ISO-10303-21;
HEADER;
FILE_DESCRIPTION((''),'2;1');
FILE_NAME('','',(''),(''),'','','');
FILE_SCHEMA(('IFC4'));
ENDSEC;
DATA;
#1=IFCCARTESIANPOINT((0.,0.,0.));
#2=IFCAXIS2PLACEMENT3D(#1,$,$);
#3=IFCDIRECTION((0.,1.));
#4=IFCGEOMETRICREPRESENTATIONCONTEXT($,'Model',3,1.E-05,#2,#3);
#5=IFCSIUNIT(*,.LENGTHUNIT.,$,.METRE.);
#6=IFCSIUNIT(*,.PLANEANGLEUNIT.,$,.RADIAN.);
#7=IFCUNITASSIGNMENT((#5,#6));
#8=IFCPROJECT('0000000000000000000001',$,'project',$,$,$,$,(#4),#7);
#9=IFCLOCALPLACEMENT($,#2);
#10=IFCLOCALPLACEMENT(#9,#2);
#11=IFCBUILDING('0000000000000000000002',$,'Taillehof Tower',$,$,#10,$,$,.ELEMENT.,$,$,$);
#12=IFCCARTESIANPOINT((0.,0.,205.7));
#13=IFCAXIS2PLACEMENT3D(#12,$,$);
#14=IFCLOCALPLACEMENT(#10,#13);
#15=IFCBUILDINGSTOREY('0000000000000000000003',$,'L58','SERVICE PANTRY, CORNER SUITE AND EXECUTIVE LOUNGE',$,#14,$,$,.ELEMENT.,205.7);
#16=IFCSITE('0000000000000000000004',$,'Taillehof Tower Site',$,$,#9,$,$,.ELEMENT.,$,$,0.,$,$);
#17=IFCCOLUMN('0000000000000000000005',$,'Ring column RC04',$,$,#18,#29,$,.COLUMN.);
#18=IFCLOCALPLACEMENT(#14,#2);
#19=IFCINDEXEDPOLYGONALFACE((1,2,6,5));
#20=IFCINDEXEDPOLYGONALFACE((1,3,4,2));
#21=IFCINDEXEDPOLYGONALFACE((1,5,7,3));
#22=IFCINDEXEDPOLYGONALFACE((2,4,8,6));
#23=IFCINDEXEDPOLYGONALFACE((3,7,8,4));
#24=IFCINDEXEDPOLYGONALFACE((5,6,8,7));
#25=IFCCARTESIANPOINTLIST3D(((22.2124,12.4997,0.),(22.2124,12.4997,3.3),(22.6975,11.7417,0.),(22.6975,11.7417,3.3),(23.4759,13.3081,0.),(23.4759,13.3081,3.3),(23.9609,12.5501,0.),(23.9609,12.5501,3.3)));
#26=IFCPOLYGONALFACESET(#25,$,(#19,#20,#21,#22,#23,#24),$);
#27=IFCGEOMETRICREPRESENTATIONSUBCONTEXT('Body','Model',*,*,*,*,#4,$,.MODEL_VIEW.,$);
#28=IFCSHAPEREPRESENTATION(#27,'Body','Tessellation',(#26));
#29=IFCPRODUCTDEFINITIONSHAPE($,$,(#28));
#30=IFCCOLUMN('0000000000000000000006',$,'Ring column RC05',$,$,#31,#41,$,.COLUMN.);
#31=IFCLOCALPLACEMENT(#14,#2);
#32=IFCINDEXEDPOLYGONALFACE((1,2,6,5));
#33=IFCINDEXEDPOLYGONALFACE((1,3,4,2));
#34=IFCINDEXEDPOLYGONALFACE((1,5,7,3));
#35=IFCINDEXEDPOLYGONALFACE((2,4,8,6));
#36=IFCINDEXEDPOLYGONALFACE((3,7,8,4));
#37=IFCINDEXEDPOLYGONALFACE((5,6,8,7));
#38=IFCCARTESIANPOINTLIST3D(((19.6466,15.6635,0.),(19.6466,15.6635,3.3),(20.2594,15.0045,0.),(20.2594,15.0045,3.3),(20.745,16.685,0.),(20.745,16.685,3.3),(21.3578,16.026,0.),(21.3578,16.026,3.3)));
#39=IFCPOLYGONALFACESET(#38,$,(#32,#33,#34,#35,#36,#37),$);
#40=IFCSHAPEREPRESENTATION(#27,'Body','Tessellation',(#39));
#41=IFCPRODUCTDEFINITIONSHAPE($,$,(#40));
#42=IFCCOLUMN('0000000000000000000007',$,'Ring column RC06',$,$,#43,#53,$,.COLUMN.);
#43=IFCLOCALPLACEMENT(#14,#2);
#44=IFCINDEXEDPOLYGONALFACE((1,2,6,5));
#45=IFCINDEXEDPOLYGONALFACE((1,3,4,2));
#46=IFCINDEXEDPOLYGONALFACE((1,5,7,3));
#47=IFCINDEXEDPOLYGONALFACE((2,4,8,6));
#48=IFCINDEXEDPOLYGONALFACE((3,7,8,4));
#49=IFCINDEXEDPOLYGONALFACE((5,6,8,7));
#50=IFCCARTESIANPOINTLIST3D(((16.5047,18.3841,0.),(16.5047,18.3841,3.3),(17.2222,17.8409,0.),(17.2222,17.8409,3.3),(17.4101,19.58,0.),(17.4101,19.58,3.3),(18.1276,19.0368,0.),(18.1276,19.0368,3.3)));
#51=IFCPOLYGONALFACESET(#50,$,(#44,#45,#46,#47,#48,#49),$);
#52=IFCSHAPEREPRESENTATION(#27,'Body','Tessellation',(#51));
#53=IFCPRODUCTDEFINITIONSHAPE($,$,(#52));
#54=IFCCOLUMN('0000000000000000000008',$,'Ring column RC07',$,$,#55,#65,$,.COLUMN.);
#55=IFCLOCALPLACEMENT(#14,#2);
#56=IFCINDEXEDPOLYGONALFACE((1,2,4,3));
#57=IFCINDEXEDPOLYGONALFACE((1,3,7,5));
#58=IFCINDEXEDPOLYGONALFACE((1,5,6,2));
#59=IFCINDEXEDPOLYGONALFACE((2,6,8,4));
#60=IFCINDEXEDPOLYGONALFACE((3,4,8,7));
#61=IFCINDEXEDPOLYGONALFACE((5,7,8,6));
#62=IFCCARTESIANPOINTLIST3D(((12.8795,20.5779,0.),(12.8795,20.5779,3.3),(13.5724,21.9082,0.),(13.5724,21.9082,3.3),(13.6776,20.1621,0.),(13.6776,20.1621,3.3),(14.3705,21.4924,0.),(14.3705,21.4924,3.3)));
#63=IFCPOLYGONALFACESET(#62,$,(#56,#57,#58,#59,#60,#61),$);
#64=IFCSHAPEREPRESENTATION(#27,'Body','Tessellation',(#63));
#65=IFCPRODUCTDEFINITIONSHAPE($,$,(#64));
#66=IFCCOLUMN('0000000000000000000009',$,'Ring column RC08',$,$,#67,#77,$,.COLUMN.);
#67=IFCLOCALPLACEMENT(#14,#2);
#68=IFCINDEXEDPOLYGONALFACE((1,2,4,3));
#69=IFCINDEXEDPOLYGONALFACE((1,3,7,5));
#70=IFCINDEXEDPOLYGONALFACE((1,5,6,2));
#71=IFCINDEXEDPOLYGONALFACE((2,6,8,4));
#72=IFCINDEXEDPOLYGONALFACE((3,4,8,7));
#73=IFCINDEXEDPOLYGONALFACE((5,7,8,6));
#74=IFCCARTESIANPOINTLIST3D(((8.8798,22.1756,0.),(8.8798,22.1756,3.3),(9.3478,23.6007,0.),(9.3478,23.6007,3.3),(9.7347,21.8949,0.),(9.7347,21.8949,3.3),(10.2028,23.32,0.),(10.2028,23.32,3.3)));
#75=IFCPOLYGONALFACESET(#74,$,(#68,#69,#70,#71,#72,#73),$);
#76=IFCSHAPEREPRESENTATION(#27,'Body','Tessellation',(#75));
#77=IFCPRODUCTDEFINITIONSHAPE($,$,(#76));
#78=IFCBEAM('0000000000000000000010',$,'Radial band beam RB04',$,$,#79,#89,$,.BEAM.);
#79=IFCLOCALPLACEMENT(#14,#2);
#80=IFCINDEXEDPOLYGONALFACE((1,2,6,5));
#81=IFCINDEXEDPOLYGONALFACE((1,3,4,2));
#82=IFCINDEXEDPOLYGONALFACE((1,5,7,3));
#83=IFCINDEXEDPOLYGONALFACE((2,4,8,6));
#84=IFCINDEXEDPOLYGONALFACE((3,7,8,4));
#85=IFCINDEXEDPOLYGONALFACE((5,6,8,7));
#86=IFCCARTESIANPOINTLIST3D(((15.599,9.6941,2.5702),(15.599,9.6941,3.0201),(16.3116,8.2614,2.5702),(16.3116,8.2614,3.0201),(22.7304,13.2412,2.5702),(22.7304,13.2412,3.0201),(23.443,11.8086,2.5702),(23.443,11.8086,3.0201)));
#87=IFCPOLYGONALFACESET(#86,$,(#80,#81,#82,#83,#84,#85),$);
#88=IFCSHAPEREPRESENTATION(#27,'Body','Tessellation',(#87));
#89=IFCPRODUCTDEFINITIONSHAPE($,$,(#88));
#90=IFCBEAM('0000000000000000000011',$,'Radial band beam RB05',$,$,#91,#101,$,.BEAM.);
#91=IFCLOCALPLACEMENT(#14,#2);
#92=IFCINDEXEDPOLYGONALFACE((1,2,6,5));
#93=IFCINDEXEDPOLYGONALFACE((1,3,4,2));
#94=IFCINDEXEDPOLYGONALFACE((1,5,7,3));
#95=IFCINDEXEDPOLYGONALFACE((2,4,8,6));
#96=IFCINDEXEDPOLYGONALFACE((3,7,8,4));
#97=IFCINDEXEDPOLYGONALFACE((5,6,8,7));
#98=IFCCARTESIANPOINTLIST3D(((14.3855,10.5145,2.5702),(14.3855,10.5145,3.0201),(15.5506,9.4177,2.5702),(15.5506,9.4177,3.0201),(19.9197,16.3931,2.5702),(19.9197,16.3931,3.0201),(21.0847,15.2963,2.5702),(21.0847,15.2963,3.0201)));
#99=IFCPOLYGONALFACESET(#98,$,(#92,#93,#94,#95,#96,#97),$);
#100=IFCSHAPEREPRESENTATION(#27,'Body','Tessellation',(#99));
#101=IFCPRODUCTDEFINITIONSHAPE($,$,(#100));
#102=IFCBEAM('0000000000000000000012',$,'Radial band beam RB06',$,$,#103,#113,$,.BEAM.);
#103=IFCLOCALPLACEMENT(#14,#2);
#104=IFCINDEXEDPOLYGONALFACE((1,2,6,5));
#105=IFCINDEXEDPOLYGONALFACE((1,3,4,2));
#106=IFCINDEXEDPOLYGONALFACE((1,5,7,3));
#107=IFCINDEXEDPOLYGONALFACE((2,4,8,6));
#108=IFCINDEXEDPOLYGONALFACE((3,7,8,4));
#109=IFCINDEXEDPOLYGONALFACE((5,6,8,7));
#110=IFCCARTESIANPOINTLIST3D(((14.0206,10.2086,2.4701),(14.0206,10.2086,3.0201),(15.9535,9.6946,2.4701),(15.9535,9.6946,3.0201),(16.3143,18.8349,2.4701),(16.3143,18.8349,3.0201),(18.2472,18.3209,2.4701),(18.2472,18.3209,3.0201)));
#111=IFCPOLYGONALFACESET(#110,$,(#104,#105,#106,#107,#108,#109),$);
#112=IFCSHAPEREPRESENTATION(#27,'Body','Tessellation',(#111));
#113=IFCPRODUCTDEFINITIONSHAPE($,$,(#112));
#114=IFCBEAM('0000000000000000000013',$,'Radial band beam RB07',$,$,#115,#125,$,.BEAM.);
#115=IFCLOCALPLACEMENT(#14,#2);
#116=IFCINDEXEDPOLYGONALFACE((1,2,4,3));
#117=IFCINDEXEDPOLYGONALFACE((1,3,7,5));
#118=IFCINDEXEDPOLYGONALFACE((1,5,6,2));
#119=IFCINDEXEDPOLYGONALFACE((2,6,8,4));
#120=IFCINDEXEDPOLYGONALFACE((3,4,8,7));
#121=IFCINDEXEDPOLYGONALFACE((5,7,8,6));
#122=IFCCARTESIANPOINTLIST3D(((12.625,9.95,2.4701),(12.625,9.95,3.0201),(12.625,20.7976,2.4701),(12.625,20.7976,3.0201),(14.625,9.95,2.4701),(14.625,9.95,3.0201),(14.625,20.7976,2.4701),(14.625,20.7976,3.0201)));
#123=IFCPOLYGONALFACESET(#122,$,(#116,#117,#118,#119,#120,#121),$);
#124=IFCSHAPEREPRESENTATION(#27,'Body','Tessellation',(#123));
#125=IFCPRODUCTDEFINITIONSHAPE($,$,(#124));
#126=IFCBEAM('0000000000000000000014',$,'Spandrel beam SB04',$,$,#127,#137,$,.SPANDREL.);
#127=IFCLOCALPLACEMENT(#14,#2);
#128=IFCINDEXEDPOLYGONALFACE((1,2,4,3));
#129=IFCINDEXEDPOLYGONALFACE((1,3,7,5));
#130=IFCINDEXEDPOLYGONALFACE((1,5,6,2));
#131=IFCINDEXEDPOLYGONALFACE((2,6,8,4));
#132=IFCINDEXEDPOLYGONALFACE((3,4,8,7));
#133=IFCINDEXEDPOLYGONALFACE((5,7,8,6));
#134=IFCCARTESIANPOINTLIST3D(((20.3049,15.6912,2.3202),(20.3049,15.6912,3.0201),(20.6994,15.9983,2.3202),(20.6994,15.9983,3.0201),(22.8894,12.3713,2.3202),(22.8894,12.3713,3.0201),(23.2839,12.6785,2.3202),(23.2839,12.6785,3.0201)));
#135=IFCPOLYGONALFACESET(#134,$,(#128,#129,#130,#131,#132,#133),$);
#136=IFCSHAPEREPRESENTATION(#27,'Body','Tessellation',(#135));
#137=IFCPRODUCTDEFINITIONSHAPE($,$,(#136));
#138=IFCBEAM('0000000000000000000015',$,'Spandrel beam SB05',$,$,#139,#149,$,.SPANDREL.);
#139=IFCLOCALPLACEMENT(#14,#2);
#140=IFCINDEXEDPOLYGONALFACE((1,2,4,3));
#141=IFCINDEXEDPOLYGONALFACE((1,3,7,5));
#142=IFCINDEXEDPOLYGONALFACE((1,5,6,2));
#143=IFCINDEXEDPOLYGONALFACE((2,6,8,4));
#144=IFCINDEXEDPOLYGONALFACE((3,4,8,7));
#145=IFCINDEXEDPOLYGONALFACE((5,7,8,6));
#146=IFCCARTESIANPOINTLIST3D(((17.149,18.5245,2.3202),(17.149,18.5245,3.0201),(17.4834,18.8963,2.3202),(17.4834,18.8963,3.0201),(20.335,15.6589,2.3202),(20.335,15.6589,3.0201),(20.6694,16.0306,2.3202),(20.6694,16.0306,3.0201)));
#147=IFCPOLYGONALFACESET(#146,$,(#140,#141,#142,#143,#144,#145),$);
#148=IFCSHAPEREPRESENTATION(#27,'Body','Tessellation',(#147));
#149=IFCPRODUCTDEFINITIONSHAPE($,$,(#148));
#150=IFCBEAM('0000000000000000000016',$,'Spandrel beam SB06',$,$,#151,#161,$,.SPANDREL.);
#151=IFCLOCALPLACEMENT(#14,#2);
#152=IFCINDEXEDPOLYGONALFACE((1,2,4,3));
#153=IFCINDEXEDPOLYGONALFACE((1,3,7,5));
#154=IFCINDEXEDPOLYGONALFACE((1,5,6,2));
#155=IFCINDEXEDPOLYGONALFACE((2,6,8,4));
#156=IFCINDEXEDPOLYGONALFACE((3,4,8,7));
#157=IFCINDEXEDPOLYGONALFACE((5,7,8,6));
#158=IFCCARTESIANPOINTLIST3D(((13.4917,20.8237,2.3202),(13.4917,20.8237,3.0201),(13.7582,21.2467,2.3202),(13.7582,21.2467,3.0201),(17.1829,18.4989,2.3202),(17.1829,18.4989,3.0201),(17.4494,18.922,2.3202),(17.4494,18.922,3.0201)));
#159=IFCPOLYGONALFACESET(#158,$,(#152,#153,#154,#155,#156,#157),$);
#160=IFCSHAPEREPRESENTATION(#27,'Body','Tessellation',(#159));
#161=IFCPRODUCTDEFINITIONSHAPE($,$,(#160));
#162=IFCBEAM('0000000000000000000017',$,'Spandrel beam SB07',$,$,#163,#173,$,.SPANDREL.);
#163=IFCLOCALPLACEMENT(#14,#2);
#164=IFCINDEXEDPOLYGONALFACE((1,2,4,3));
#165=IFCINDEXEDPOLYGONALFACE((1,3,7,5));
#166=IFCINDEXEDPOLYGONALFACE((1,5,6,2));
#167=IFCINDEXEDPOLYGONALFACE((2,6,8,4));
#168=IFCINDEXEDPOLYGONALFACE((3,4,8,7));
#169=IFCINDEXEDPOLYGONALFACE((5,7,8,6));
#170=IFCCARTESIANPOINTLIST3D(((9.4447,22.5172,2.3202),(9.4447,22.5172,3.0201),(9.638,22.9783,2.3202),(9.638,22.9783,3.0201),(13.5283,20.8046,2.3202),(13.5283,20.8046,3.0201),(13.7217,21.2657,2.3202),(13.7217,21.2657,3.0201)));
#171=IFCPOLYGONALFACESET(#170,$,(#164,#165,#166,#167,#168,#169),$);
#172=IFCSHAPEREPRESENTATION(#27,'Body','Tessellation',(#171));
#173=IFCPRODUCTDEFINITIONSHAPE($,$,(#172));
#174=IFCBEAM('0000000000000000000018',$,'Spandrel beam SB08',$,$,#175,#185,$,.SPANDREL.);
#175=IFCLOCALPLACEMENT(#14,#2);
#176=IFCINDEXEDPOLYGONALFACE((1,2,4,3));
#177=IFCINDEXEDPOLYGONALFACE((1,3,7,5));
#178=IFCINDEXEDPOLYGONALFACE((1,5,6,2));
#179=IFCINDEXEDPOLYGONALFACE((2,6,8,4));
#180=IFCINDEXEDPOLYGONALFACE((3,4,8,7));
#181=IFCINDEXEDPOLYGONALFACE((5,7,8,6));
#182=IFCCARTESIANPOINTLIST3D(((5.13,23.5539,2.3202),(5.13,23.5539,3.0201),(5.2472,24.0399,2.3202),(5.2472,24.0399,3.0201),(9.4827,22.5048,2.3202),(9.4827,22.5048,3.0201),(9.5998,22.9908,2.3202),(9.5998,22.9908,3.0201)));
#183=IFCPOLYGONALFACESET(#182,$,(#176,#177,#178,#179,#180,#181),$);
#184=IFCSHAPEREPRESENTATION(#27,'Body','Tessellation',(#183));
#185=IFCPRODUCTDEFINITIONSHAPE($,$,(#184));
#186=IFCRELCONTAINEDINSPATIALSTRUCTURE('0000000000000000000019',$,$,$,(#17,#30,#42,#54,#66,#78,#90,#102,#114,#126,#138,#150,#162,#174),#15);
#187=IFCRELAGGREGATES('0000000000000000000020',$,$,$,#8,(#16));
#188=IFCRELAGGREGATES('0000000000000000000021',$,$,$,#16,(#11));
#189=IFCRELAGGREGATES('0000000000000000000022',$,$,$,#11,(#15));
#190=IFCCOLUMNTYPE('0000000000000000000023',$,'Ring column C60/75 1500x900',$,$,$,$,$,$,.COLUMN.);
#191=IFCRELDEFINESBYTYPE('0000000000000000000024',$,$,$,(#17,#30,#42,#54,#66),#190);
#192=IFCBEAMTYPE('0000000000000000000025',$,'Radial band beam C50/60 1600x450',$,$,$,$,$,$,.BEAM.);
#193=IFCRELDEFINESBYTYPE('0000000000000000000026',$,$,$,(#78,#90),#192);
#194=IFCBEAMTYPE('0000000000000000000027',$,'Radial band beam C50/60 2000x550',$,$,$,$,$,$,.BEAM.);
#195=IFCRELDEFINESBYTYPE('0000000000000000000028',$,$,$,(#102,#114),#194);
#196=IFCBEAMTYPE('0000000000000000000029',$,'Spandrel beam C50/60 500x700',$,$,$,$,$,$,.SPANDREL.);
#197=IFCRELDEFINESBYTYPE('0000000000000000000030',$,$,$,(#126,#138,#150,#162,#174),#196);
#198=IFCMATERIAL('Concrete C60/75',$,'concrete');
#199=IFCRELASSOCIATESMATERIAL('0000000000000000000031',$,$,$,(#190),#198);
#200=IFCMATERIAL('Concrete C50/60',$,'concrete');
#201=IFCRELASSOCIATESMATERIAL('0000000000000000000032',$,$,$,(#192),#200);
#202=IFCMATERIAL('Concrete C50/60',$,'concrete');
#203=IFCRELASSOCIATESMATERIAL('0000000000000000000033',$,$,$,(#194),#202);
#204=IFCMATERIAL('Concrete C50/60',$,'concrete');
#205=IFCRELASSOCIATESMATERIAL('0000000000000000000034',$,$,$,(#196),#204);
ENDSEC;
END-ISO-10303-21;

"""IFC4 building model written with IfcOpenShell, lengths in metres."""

from ifc_helpers import new_model, si_unit, direction, frame, origin, origin_2d, place, context, subcontext, project, spatial, rectangle, extrude, material, material_profile, profile_set, type_object, element, save


model = new_model("IFC4")

# Units and contexts
model_context = context("Model", 3, precision=1e-05, world=origin(), true_north=direction((0.0, 1.0)))
body_context = subcontext(model_context, "Body", "Model", "MODEL_VIEW")
ifc_project = project(units=[si_unit("LENGTHUNIT", "METRE"), si_unit("PLANEANGLEUNIT", "RADIAN")], contexts=[model_context])

# Site, building, storey
site_placement = place(None, origin())
site = spatial("IfcSite", under=ifc_project, at=site_placement, Name="Taillehof Tower Site", CompositionType="ELEMENT", RefElevation=0.0)
building_placement = place(site_placement, origin())
building = spatial("IfcBuilding", under=site, at=building_placement, Name="Taillehof Tower", CompositionType="ELEMENT")
storey_placement = place(building_placement, frame((0.0, 0.0, 205.7)))
storey = spatial("IfcBuildingStorey", under=building, at=storey_placement, Name="L58", Description="SERVICE PANTRY, CORNER SUITE AND EXECUTIVE LOUNGE", CompositionType="ELEMENT", Elevation=205.7)

# Columns
ifc_material_1 = material(Name="Concrete C60/75", Category="concrete")
ifc_material_profile_1 = material_profile(ifc_material_1, rectangle(XDim=1.5, YDim=0.8999, at=origin_2d()), Name="RC 1500x900")
ifc_profile_set_1 = profile_set([ifc_material_profile_1], Name="Concrete C60/75")
column_type = type_object("IfcColumnType", Name="Ring column C60/75 1500x900", PredefinedType="COLUMN", material=ifc_profile_set_1)
for number, where, z_axis, x_axis, name in (
    (1, (23.0867, 12.5249, 0.0), (0.0, 0.0, 1.0), (0.842311, 0.538992, 0.0), "Ring column RC04"),
    (2, (20.5022, 15.8447, 0.0), (0.0, 0.0, 1.0), (0.732271, 0.681013, 0.0), "Ring column RC05"),
    (3, (17.3162, 18.7104, 0.0), (0.0, 0.0, 1.0), (0.603608, 0.797281, 0.0), "Ring column RC06"),
    (4, (13.625, 21.0352, 0.0), (0.0, 0.0, 1.0), (0.461993, 0.886883, 0.0), "Ring column RC07"),
    (5, (9.5413, 22.7478, 0.0), (0.0, 0.0, 1.0), (0.312001, 0.950082, 0.0), "Ring column RC08"),
):
    element("IfcColumn", number, at=place(storey_placement, frame(where, z_axis=z_axis, x_axis=x_axis)), inside=storey, type_object=column_type, Name=name, PredefinedType="COLUMN", context=body_context, shape_type="SweptSolid", body=[
        extrude(rectangle(XDim=1.5, YDim=0.8999, at=origin_2d()), origin(), (0.0, 0.0, 1.0), 3.3),
    ])

# Beams
ifc_material_2 = material(Name="Concrete C50/60", Category="concrete")
ifc_material_profile_2 = material_profile(ifc_material_2, rectangle(XDim=1.6001, YDim=0.45, at=origin_2d()), Name="RC 1600x450")
ifc_profile_set_2 = profile_set([ifc_material_profile_2], Name="Concrete C50/60")
beam_type_1 = type_object("IfcBeamType", Name="Radial band beam C50/60 1600x450", PredefinedType="BEAM", material=ifc_profile_set_2)
beam_1_placement = place(storey_placement, frame((23.0867, 12.5249, 2.7952), z_axis=(-0.895357, -0.445349, 0.0), x_axis=(0.445349, -0.895357, 0.0)))
element("IfcBeam", 6, at=beam_1_placement, inside=storey, type_object=beam_type_1, Name="Radial band beam RB04", PredefinedType="BEAM", context=body_context, shape_type="SweptSolid", body=[
    extrude(rectangle(XDim=1.6001, YDim=0.45, at=origin_2d()), origin(), (0.0, 0.0, 1.0), 7.9648),
])
beam_2_placement = place(storey_placement, frame((20.5022, 15.8447, 2.7952), z_axis=(-0.685451, -0.728118, 0.0), x_axis=(0.728118, -0.685451, 0.0)))
element("IfcBeam", 7, at=beam_2_placement, inside=storey, type_object=beam_type_1, Name="Radial band beam RB05", PredefinedType="BEAM", context=body_context, shape_type="SweptSolid", body=[
    extrude(rectangle(XDim=1.6001, YDim=0.45, at=origin_2d()), origin(), (0.0, 0.0, 1.0), 8.0737),
])
ifc_material_3 = material(Name="Concrete C50/60", Category="concrete")
ifc_material_profile_3 = material_profile(ifc_material_3, rectangle(XDim=2.0, YDim=0.55, at=origin_2d()), Name="RC 2000x550")
ifc_profile_set_3 = profile_set([ifc_material_profile_3], Name="Concrete C50/60")
beam_type_2 = type_object("IfcBeamType", Name="Radial band beam C50/60 2000x550", PredefinedType="BEAM", material=ifc_profile_set_3)
beam_3_placement = place(storey_placement, frame((17.2808, 18.5779, 2.7451), z_axis=(-0.25697, -0.966419, 0.0), x_axis=(0.966419, -0.25697, 0.0)))
element("IfcBeam", 8, at=beam_3_placement, inside=storey, type_object=beam_type_2, Name="Radial band beam RB06", PredefinedType="BEAM", context=body_context, shape_type="SweptSolid", body=[
    extrude(rectangle(XDim=2.0, YDim=0.55, at=origin_2d()), origin(), (0.0, 0.0, 1.0), 8.926),
])
beam_4_placement = place(storey_placement, frame((13.625, 20.7976, 2.7451), z_axis=(0.0, -1.0, 0.0), x_axis=(1.0, 0.0, 0.0)))
element("IfcBeam", 9, at=beam_4_placement, inside=storey, type_object=beam_type_2, Name="Radial band beam RB07", PredefinedType="BEAM", context=body_context, shape_type="SweptSolid", body=[
    extrude(rectangle(XDim=2.0, YDim=0.55, at=origin_2d()), origin(), (0.0, 0.0, 1.0), 10.8477),
])
ifc_material_4 = material(Name="Concrete C50/60", Category="concrete")
ifc_material_profile_4 = material_profile(ifc_material_4, rectangle(XDim=0.5, YDim=0.7, at=origin_2d()), Name="RC 500x700")
ifc_profile_set_4 = profile_set([ifc_material_profile_4], Name="Concrete C50/60")
beam_type_3 = type_object("IfcBeamType", Name="Spandrel beam C50/60 500x700", PredefinedType="SPANDREL", material=ifc_profile_set_4)
beam_5_placement = place(storey_placement, frame((23.0867, 12.5249, 2.6702), z_axis=(-0.614294, 0.789077, 0.0), x_axis=(-0.789077, -0.614294, 0.0)))
element("IfcBeam", 10, at=beam_5_placement, inside=storey, type_object=beam_type_3, Name="Spandrel beam SB04", PredefinedType="SPANDREL", context=body_context, shape_type="SweptSolid", body=[
    extrude(rectangle(XDim=0.5, YDim=0.7, at=origin_2d()), origin(), (0.0, 0.0, 1.0), 4.2073),
])
beam_6_placement = place(storey_placement, frame((20.5022, 15.8447, 2.6702), z_axis=(-0.743492, 0.668744, 0.0), x_axis=(-0.668744, -0.743492, 0.0)))
element("IfcBeam", 11, at=beam_6_placement, inside=storey, type_object=beam_type_3, Name="Spandrel beam SB05", PredefinedType="SPANDREL", context=body_context, shape_type="SweptSolid", body=[
    extrude(rectangle(XDim=0.5, YDim=0.7, at=origin_2d()), origin(), (0.0, 0.0, 1.0), 4.2852),
])
beam_7_placement = place(storey_placement, frame((17.3162, 18.7104, 2.6702), z_axis=(-0.846166, 0.532919, 0.0), x_axis=(-0.532919, -0.846166, 0.0)))
element("IfcBeam", 12, at=beam_7_placement, inside=storey, type_object=beam_type_3, Name="Spandrel beam SB06", PredefinedType="SPANDREL", context=body_context, shape_type="SweptSolid", body=[
    extrude(rectangle(XDim=0.5, YDim=0.7, at=origin_2d()), origin(), (0.0, 0.0, 1.0), 4.3623),
])
beam_8_placement = place(storey_placement, frame((13.625, 21.0352, 2.6702), z_axis=(-0.922186, 0.386748, 0.0), x_axis=(-0.386748, -0.922186, 0.0)))
element("IfcBeam", 13, at=beam_8_placement, inside=storey, type_object=beam_type_3, Name="Spandrel beam SB07", PredefinedType="SPANDREL", context=body_context, shape_type="SweptSolid", body=[
    extrude(rectangle(XDim=0.5, YDim=0.7, at=origin_2d()), origin(), (0.0, 0.0, 1.0), 4.4282),
])
beam_9_placement = place(storey_placement, frame((9.5413, 22.7478, 2.6702), z_axis=(-0.972161, 0.234315, 0.0), x_axis=(-0.234315, -0.972161, 0.0)))
element("IfcBeam", 14, at=beam_9_placement, inside=storey, type_object=beam_type_3, Name="Spandrel beam SB08", PredefinedType="SPANDREL", context=body_context, shape_type="SweptSolid", body=[
    extrude(rectangle(XDim=0.5, YDim=0.7, at=origin_2d()), origin(), (0.0, 0.0, 1.0), 4.4773),
])

save(model, "model.ifc")
